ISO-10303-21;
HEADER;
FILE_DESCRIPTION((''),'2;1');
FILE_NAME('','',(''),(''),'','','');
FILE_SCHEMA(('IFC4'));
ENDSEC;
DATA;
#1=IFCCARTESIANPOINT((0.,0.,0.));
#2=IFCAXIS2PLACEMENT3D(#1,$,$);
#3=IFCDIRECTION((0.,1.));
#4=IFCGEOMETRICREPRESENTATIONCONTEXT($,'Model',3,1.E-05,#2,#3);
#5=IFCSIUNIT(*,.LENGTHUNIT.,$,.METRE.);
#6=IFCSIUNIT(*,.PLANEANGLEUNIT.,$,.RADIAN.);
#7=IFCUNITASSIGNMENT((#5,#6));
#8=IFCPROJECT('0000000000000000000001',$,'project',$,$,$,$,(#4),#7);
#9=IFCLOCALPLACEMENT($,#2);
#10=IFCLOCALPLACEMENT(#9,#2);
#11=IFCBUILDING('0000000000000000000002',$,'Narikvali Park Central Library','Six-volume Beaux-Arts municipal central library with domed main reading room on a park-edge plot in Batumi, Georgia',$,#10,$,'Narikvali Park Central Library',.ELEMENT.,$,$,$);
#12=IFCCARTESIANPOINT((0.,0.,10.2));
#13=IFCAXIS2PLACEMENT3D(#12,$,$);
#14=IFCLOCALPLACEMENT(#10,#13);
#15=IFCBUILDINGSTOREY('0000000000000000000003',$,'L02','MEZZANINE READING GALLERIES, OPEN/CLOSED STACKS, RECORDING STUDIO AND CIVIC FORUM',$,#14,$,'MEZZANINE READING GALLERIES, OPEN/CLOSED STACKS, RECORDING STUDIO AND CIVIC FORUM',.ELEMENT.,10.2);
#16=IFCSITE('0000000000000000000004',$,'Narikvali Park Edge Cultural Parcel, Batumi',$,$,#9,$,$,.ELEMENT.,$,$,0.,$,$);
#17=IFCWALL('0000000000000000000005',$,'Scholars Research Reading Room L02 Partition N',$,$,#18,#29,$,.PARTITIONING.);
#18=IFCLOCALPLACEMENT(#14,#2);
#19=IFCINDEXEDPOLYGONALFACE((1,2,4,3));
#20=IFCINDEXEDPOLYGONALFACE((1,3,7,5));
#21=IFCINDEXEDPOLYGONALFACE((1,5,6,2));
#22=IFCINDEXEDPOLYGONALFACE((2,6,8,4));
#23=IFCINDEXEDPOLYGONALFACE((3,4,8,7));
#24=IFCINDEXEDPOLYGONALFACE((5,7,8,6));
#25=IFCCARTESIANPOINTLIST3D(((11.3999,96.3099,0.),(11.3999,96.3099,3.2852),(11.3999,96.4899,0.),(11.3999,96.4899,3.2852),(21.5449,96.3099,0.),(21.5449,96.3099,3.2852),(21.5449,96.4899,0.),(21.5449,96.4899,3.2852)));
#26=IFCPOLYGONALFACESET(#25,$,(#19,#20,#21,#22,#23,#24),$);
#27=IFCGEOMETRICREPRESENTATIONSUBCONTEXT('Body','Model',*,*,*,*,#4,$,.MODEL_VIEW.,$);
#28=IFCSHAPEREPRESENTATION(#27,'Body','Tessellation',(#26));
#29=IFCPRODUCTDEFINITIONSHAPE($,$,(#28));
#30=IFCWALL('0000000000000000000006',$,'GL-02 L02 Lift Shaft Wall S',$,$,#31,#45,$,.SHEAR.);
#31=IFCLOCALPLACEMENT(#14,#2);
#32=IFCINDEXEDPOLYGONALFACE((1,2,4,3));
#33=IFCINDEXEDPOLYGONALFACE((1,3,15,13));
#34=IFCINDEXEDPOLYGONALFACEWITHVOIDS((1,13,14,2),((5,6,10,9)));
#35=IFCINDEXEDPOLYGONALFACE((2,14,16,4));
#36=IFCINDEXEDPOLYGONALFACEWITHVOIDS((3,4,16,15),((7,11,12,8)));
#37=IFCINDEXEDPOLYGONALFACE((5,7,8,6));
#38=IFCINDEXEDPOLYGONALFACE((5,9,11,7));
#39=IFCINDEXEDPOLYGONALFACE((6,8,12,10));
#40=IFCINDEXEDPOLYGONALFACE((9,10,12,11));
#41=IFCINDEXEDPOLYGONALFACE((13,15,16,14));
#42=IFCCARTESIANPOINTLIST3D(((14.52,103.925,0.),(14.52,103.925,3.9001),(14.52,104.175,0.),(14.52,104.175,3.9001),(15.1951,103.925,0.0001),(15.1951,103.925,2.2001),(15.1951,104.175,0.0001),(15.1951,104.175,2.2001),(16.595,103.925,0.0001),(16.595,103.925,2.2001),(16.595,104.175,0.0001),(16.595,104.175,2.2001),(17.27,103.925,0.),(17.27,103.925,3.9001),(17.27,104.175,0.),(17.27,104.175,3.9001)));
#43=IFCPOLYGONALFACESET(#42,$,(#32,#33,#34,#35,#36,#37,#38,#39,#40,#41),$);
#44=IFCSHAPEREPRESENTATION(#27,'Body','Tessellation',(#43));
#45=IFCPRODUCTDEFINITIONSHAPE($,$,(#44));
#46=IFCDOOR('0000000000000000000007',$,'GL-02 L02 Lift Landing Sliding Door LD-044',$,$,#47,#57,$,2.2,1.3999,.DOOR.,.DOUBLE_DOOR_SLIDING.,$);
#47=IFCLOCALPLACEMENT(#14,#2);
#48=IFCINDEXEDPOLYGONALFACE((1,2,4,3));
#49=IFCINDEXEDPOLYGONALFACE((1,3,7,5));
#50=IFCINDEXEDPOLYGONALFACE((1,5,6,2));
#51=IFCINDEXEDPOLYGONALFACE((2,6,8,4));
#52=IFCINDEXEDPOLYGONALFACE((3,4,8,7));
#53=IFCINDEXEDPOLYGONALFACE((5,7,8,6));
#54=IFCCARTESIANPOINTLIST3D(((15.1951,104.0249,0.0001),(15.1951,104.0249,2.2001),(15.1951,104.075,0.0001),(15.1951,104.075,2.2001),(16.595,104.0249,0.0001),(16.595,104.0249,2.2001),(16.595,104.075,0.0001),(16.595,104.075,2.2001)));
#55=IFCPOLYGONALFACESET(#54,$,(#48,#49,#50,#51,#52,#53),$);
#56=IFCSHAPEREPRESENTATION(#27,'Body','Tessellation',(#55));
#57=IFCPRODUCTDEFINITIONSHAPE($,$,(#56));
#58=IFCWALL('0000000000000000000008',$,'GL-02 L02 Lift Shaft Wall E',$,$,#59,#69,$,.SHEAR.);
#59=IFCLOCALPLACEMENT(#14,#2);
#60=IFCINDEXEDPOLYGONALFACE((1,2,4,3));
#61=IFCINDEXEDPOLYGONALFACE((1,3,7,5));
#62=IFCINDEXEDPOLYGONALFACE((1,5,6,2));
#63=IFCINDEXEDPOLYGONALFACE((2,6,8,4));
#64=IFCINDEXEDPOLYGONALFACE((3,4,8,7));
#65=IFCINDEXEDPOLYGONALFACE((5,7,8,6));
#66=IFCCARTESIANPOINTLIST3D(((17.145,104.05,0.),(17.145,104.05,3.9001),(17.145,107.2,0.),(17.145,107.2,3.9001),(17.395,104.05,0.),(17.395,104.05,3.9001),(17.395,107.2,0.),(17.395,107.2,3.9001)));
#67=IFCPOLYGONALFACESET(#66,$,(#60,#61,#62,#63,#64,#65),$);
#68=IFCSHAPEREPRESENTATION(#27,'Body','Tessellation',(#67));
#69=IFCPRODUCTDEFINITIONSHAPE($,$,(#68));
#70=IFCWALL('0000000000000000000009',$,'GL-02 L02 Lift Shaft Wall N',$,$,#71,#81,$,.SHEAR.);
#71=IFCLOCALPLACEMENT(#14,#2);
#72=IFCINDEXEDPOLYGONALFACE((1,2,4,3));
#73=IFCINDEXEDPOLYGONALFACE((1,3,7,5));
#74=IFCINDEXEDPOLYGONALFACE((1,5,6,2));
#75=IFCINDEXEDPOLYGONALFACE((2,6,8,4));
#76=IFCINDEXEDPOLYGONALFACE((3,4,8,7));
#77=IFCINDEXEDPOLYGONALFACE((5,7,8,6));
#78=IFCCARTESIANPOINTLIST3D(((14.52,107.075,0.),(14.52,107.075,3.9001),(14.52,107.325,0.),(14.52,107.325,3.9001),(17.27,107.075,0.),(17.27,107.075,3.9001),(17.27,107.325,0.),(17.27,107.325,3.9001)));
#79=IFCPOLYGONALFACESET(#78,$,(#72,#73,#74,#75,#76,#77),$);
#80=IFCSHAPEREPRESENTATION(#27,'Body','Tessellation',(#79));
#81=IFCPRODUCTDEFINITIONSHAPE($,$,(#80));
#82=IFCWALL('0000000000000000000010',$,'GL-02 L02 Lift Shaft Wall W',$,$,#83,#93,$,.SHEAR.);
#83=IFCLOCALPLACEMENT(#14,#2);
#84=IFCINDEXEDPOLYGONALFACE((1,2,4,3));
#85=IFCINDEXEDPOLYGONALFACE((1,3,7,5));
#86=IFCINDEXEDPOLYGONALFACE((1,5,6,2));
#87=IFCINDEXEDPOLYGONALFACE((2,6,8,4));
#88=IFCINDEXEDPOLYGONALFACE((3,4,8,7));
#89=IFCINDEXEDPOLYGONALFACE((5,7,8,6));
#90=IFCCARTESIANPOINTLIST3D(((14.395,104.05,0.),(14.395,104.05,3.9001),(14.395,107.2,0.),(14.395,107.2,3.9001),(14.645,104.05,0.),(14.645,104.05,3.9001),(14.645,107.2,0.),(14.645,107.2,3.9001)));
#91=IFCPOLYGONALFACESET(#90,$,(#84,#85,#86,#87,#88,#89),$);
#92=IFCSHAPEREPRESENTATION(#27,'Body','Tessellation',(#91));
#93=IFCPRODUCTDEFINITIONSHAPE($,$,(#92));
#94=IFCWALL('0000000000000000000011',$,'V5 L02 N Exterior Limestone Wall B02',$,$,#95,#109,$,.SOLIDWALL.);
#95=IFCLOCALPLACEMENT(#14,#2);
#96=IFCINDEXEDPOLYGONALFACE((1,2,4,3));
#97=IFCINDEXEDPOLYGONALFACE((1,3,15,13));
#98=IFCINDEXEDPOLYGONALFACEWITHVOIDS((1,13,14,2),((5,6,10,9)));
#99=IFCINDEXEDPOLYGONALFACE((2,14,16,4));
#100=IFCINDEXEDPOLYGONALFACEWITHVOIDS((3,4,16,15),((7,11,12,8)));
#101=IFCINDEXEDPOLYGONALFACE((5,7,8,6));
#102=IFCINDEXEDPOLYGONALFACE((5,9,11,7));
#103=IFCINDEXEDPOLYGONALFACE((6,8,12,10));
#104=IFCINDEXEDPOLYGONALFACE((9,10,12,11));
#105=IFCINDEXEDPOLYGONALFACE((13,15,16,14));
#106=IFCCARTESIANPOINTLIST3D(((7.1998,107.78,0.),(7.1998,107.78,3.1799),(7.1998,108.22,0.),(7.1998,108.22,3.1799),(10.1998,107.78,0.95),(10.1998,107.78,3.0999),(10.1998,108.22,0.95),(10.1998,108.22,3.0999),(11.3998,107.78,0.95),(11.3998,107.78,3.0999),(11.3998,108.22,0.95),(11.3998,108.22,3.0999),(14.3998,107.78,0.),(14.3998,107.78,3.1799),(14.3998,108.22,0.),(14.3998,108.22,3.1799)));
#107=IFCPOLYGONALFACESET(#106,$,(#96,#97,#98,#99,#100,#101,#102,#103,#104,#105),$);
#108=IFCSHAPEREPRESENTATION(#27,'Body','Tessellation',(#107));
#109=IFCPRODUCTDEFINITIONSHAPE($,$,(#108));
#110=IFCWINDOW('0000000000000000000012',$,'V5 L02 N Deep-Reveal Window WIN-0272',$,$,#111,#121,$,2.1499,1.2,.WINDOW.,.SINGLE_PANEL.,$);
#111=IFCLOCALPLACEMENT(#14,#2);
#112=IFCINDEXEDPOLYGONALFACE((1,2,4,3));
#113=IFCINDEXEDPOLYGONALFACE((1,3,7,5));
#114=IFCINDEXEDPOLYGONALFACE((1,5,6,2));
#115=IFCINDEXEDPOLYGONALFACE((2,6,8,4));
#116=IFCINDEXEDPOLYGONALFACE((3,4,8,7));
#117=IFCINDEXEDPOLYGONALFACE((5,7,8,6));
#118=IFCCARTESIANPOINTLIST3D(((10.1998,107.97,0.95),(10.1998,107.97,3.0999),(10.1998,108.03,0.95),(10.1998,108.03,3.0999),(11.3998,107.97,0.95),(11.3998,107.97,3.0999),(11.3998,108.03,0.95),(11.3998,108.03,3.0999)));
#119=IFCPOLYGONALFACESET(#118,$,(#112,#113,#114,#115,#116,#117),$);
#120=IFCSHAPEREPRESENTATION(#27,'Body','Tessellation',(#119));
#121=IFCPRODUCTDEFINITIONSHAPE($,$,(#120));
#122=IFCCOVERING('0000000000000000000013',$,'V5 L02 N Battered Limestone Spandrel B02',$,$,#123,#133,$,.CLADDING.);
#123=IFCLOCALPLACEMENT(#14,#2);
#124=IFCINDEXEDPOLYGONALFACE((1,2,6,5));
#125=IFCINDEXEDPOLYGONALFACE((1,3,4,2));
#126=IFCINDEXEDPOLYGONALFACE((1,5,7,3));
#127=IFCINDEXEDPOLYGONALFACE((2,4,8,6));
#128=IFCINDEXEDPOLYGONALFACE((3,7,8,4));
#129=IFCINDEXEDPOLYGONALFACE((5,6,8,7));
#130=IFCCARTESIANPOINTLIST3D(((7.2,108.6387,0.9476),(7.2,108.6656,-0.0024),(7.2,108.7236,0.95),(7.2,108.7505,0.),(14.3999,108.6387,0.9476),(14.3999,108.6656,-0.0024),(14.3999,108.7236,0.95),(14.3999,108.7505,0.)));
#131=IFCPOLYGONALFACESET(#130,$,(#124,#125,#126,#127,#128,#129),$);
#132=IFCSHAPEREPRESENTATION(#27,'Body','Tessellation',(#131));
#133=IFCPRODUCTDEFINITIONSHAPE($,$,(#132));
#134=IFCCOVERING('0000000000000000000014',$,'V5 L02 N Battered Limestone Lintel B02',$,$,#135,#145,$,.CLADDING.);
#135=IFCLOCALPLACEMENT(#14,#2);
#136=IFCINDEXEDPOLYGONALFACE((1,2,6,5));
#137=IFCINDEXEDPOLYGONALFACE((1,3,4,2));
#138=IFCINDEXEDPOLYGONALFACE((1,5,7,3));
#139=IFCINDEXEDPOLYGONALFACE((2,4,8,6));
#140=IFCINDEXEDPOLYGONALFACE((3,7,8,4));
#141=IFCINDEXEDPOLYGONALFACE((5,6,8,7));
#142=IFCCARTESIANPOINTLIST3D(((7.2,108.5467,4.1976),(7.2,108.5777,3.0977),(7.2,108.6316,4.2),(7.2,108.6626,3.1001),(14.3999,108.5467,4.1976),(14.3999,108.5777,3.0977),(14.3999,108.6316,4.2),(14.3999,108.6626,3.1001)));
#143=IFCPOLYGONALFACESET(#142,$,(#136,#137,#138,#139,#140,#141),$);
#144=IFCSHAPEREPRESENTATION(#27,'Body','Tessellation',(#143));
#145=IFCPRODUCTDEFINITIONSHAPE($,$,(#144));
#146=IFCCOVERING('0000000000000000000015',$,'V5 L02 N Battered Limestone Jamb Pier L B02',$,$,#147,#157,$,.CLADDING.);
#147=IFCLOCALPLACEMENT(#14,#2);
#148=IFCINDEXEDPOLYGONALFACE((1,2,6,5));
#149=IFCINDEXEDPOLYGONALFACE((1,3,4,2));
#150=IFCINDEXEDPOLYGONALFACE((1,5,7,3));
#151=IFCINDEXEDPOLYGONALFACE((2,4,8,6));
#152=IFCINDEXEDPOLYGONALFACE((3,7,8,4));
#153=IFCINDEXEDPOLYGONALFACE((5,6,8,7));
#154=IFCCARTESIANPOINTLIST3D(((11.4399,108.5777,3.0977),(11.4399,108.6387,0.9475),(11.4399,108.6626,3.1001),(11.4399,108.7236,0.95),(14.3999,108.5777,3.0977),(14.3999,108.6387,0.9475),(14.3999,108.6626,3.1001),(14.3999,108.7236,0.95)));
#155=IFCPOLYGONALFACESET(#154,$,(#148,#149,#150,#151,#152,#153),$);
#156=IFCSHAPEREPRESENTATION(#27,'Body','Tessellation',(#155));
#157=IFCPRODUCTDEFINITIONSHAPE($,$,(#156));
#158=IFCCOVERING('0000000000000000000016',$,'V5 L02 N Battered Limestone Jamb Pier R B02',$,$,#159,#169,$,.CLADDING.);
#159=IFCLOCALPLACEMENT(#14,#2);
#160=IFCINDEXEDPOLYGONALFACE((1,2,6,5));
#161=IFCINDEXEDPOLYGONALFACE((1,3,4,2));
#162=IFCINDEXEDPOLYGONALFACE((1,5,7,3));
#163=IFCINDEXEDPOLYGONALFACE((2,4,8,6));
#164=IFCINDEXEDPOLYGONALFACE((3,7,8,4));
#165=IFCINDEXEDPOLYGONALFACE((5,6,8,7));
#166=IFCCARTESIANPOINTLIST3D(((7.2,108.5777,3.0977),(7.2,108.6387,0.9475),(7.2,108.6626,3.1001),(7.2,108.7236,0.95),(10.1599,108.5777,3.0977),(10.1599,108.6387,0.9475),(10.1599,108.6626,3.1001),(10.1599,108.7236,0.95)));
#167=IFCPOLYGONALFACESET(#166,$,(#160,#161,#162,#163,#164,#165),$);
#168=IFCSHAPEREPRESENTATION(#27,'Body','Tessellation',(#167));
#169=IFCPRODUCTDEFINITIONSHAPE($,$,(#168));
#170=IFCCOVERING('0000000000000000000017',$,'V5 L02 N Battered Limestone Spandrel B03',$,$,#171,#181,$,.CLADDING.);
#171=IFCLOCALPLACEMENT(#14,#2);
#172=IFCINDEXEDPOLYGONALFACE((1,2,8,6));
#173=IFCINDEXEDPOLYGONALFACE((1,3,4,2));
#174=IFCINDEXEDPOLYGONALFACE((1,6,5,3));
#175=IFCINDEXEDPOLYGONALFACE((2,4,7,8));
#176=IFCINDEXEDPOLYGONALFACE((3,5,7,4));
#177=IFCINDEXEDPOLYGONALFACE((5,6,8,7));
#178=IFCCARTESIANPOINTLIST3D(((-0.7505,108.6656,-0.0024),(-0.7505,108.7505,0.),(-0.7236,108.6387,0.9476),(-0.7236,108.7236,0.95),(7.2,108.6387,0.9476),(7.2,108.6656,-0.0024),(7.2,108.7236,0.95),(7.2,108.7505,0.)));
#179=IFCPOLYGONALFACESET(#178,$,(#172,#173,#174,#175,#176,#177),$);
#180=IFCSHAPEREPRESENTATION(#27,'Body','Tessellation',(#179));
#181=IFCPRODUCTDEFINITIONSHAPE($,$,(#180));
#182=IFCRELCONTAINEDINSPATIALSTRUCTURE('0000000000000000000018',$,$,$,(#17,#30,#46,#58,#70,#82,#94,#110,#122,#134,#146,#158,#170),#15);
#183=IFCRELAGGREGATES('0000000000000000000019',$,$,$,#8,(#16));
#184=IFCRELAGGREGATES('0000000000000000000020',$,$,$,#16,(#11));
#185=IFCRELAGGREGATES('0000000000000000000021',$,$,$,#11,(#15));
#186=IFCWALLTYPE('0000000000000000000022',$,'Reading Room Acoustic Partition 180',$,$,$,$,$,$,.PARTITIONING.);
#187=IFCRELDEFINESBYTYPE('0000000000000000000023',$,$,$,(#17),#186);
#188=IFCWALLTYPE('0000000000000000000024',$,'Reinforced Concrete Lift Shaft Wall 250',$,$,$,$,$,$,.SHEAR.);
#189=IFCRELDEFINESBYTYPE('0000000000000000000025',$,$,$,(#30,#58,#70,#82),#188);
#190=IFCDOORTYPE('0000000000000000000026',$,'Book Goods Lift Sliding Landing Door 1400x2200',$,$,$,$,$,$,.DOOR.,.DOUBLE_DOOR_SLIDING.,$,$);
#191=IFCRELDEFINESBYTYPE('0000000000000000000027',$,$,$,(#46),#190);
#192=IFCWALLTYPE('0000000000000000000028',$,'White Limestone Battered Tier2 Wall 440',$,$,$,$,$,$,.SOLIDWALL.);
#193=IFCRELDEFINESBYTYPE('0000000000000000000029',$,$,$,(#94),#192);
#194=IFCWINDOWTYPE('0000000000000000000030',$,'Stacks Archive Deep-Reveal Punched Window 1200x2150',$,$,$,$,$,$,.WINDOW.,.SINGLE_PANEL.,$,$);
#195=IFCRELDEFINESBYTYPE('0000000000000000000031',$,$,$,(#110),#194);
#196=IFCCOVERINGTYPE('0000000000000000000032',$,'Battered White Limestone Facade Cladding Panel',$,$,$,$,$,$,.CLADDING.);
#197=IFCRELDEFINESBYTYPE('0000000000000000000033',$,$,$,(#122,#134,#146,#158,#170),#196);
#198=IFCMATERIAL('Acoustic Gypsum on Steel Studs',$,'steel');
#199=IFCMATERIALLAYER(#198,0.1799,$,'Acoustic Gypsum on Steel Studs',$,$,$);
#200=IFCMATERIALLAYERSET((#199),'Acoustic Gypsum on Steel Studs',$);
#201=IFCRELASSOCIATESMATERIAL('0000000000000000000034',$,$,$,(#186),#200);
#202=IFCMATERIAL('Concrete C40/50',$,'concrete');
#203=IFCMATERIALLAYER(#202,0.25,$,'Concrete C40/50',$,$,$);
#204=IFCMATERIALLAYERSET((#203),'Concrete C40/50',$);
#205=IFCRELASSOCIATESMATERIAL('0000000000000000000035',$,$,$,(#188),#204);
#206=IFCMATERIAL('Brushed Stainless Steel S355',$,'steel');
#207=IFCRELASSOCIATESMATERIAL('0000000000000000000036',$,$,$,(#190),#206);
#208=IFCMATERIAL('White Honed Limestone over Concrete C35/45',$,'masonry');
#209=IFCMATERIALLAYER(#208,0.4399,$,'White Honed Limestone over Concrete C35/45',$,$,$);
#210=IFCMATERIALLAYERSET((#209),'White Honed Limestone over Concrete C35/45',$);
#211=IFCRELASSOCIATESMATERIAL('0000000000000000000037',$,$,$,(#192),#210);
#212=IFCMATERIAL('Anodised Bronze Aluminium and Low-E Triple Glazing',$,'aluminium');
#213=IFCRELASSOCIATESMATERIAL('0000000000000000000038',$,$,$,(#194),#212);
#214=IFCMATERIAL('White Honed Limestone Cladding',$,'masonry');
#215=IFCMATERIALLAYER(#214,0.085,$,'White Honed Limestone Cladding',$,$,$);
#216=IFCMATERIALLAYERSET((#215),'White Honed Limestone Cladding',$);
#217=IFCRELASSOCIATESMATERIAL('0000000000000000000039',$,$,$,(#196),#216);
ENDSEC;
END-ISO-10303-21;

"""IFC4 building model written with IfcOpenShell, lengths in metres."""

from ifc_helpers import new_model, si_unit, direction, frame, frame_2d, origin, place, context, subcontext, project, spatial, polyline, rectangle, outline, extrude, material, layer, layer_set, type_object, element, fill, save


model = new_model("IFC4")

# Units and contexts
model_context = context("Model", 3, precision=1e-05, world=origin(), true_north=direction((0.0, 1.0)))
body_context = subcontext(model_context, "Body", "Model", "MODEL_VIEW")
ifc_project = project(units=[si_unit("LENGTHUNIT", "METRE"), si_unit("PLANEANGLEUNIT", "RADIAN")], contexts=[model_context])

# Site, building, storey
site_placement = place(None, origin())
site = spatial("IfcSite", under=ifc_project, at=site_placement, Name="Narikvali Park Edge Cultural Parcel, Batumi", CompositionType="ELEMENT", RefElevation=0.0)
building_placement = place(site_placement, origin())
building = spatial("IfcBuilding", under=site, at=building_placement, Name="Narikvali Park Central Library", Description="Six-volume Beaux-Arts municipal central library with domed main reading room on a park-edge plot in Batumi, Georgia", LongName="Narikvali Park Central Library", CompositionType="ELEMENT")
storey_placement = place(building_placement, frame((0.0, 0.0, 10.2)))
storey = spatial("IfcBuildingStorey", under=building, at=storey_placement, Name="L02", Description="MEZZANINE READING GALLERIES, OPEN/CLOSED STACKS, RECORDING STUDIO AND CIVIC FORUM", LongName="MEZZANINE READING GALLERIES, OPEN/CLOSED STACKS, RECORDING STUDIO AND CIVIC FORUM", CompositionType="ELEMENT", Elevation=10.2)

# Wall
ifc_material_1 = material(Name="Acoustic Gypsum on Steel Studs", Category="steel")
ifc_layer_1 = layer(ifc_material_1, 0.1799, Name="Acoustic Gypsum on Steel Studs")
ifc_layer_set_1 = layer_set([ifc_layer_1], Name="Acoustic Gypsum on Steel Studs")
wall_type_1 = type_object("IfcWallType", Name="Reading Room Acoustic Partition 180", PredefinedType="PARTITIONING", material=ifc_layer_set_1)
wall_1_placement = place(storey_placement, frame((11.3999, 96.3999, 0.0), z_axis=(0.0, 0.0, 1.0), x_axis=(1.0, 0.0, 0.0)))
element("IfcWall", 1, at=wall_1_placement, inside=storey, type_object=wall_type_1, Name="Scholars Research Reading Room L02 Partition N", PredefinedType="PARTITIONING", context=body_context, shape_type="SweptSolid", body=[
    extrude(rectangle(XDim=10.145, YDim=0.1799, at=frame_2d((5.0725, 0.0))), origin(), (0.0, 0.0, 1.0), 3.2852),
])

# Wall, opening, door
ifc_material_2 = material(Name="Concrete C40/50", Category="concrete")
ifc_layer_2 = layer(ifc_material_2, 0.25, Name="Concrete C40/50")
ifc_layer_set_2 = layer_set([ifc_layer_2], Name="Concrete C40/50")
wall_type_2 = type_object("IfcWallType", Name="Reinforced Concrete Lift Shaft Wall 250", PredefinedType="SHEAR", material=ifc_layer_set_2)
wall_2_placement = place(storey_placement, frame((14.52, 104.05, 0.0), z_axis=(0.0, 0.0, 1.0), x_axis=(1.0, 0.0, 0.0)))
wall_2 = element("IfcWall", 2, at=wall_2_placement, inside=storey, type_object=wall_type_2, Name="GL-02 L02 Lift Shaft Wall S", PredefinedType="SHEAR", context=body_context, shape_type="SweptSolid", body=[
    extrude(rectangle(XDim=2.75, YDim=0.25, at=frame_2d((1.375, 0.0))), origin(), (0.0, 0.0, 1.0), 3.9001),
])
opening_1_placement = place(wall_2_placement, frame((0.675, 0.0, 0.0)))
opening_1 = element("IfcOpeningElement", 3, at=opening_1_placement, cuts=wall_2, PredefinedType="OPENING", context=body_context, shape_type="SweptSolid", body=[
    extrude(rectangle(XDim=1.3999, YDim=2.2, at=frame_2d((0.7, 1.1001))), frame((0.0, 0.137, 0.0), z_axis=(0.0, -1.0, 0.0), x_axis=(1.0, 0.0, 0.0)), (0.0, 0.0, 1.0), 0.2739),
])
ifc_material_3 = material(Name="Brushed Stainless Steel S355", Category="steel")
door_type = type_object("IfcDoorType", Name="Book Goods Lift Sliding Landing Door 1400x2200", OperationType="DOUBLE_DOOR_SLIDING", PredefinedType="DOOR", material=ifc_material_3)
door_placement = place(opening_1_placement, origin())
door = element("IfcDoor", 4, at=door_placement, inside=storey, type_object=door_type, Name="GL-02 L02 Lift Landing Sliding Door LD-044", OperationType="DOUBLE_DOOR_SLIDING", OverallHeight=2.2, OverallWidth=1.3999, PredefinedType="DOOR", context=body_context, shape_type="SweptSolid", body=[
    extrude(rectangle(XDim=1.3999, YDim=2.2, at=frame_2d((0.7, 1.1001))), frame((0.0, 0.0249, 0.0), z_axis=(0.0, -1.0, 0.0), x_axis=(1.0, 0.0, 0.0)), (0.0, 0.0, 1.0), 0.05),
])
fill(opening_1, door)

# Walls
wall_3_placement = place(storey_placement, frame((17.27, 104.05, 0.0), z_axis=(0.0, 0.0, 1.0), x_axis=(0.0, 1.0, 0.0)))
element("IfcWall", 5, at=wall_3_placement, inside=storey, type_object=wall_type_2, Name="GL-02 L02 Lift Shaft Wall E", PredefinedType="SHEAR", context=body_context, shape_type="SweptSolid", body=[
    extrude(rectangle(XDim=3.1499, YDim=0.25, at=frame_2d((1.575, 0.0))), origin(), (0.0, 0.0, 1.0), 3.9001),
])
wall_4_placement = place(storey_placement, frame((17.27, 107.2, 0.0), z_axis=(0.0, 0.0, 1.0), x_axis=(-1.0, 0.0, 0.0)))
element("IfcWall", 6, at=wall_4_placement, inside=storey, type_object=wall_type_2, Name="GL-02 L02 Lift Shaft Wall N", PredefinedType="SHEAR", context=body_context, shape_type="SweptSolid", body=[
    extrude(rectangle(XDim=2.75, YDim=0.25, at=frame_2d((1.375, 0.0))), origin(), (0.0, 0.0, 1.0), 3.9001),
])
wall_5_placement = place(storey_placement, frame((14.52, 107.2, 0.0), z_axis=(0.0, 0.0, 1.0), x_axis=(0.0, -1.0, 0.0)))
element("IfcWall", 7, at=wall_5_placement, inside=storey, type_object=wall_type_2, Name="GL-02 L02 Lift Shaft Wall W", PredefinedType="SHEAR", context=body_context, shape_type="SweptSolid", body=[
    extrude(rectangle(XDim=3.1499, YDim=0.25, at=frame_2d((1.575, 0.0))), origin(), (0.0, 0.0, 1.0), 3.9001),
])

# Wall, opening, window
ifc_material_4 = material(Name="White Honed Limestone over Concrete C35/45", Category="masonry")
ifc_layer_3 = layer(ifc_material_4, 0.4399, Name="White Honed Limestone over Concrete C35/45")
ifc_layer_set_3 = layer_set([ifc_layer_3], Name="White Honed Limestone over Concrete C35/45")
wall_type_3 = type_object("IfcWallType", Name="White Limestone Battered Tier2 Wall 440", PredefinedType="SOLIDWALL", material=ifc_layer_set_3)
wall_6_placement = place(storey_placement, frame((14.3999, 108.0, 0.0), z_axis=(0.0, 0.0, 1.0), x_axis=(-1.0, 0.0, 0.0)))
wall_6 = element("IfcWall", 8, at=wall_6_placement, inside=storey, type_object=wall_type_3, Name="V5 L02 N Exterior Limestone Wall B02", PredefinedType="SOLIDWALL", context=body_context, shape_type="SweptSolid", body=[
    extrude(rectangle(XDim=7.2, YDim=0.4399, at=frame_2d((3.6001, 0.0))), origin(), (0.0, 0.0, 1.0), 3.1799),
])
opening_2_placement = place(wall_6_placement, frame((3.0, 0.0, 0.95)))
opening_2 = element("IfcOpeningElement", 9, at=opening_2_placement, cuts=wall_6, PredefinedType="OPENING", context=body_context, shape_type="SweptSolid", body=[
    extrude(rectangle(XDim=1.2, YDim=2.1499, at=frame_2d((0.6001, 1.075))), frame((0.0, 0.2319, 0.0), z_axis=(0.0, -1.0, 0.0), x_axis=(1.0, 0.0, 0.0)), (0.0, 0.0, 1.0), 0.4639),
])
ifc_material_5 = material(Name="Anodised Bronze Aluminium and Low-E Triple Glazing", Category="aluminium")
window_type = type_object("IfcWindowType", Name="Stacks Archive Deep-Reveal Punched Window 1200x2150", PartitioningType="SINGLE_PANEL", PredefinedType="WINDOW", material=ifc_material_5)
window_placement = place(opening_2_placement, origin())
window = element("IfcWindow", 10, at=window_placement, inside=storey, type_object=window_type, Name="V5 L02 N Deep-Reveal Window WIN-0272", OverallHeight=2.1499, OverallWidth=1.2, PartitioningType="SINGLE_PANEL", PredefinedType="WINDOW", context=body_context, shape_type="SweptSolid", body=[
    extrude(rectangle(XDim=1.2, YDim=2.1499, at=frame_2d((0.6001, 1.075))), frame((0.0, 0.03, 0.0), z_axis=(0.0, -1.0, 0.0), x_axis=(1.0, 0.0, 0.0)), (0.0, 0.0, 1.0), 0.0601),
])
fill(opening_2, window)

# Coverings
ifc_material_6 = material(Name="White Honed Limestone Cladding", Category="masonry")
ifc_layer_4 = layer(ifc_material_6, 0.085, Name="White Honed Limestone Cladding")
ifc_layer_set_4 = layer_set([ifc_layer_4], Name="White Honed Limestone Cladding")
covering_type = type_object("IfcCoveringType", Name="Battered White Limestone Facade Cladding Panel", PredefinedType="CLADDING", material=ifc_layer_set_4)
covering_1_placement = place(storey_placement, frame((14.3999, 108.7505, 0.0), z_axis=(0.0, 0.999601, 0.028259), x_axis=(-1.0, 0.0, 0.0)))
element("IfcCovering", 11, at=covering_1_placement, inside=storey, type_object=covering_type, Name="V5 L02 N Battered Limestone Spandrel B02", PredefinedType="CLADDING", context=body_context, shape_type="SweptSolid", body=[
    extrude(outline(polyline([(0.0, 0.0), (7.2, 0.0), (7.2, 0.9503), (0.0, 0.9503), (0.0, 0.0)])), origin(), (0.0, 0.0, -1.0), 0.085),
])
covering_2_placement = place(storey_placement, frame((14.3999, 108.6626, 3.1001), z_axis=(0.0, 0.999603, 0.02818), x_axis=(-1.0, 0.0, 0.0)))
element("IfcCovering", 12, at=covering_2_placement, inside=storey, type_object=covering_type, Name="V5 L02 N Battered Limestone Lintel B02", PredefinedType="CLADDING", context=body_context, shape_type="SweptSolid", body=[
    extrude(outline(polyline([(0.0, 0.0), (7.2, 0.0), (7.2, 1.1003), (0.0, 1.1003), (0.0, 0.0)])), origin(), (0.0, 0.0, -1.0), 0.085),
])
for number, where, z_axis, x_axis, name in (
    (13, (14.3999, 108.7236, 0.95), (0.0, 0.999597, 0.028375), (-1.0, 0.0, 0.0), "V5 L02 N Battered Limestone Jamb Pier L B02"),
    (14, (10.1599, 108.7236, 0.95), (0.0, 0.999597, 0.028375), (-1.0, 0.0, 0.0), "V5 L02 N Battered Limestone Jamb Pier R B02"),
):
    element("IfcCovering", number, at=place(storey_placement, frame(where, z_axis=z_axis, x_axis=x_axis)), inside=storey, type_object=covering_type, Name=name, PredefinedType="CLADDING", context=body_context, shape_type="SweptSolid", body=[
        extrude(outline(polyline([(0.0, 0.0), (2.96, 0.0), (2.96, 2.151), (0.0, 2.151), (0.0, 0.0)])), origin(), (0.0, 0.0, -1.0), 0.085),
    ])
covering_3_placement = place(storey_placement, frame((7.2, 108.7505, 0.0), z_axis=(0.0, 0.999601, 0.028259), x_axis=(-1.0, 0.0, 0.0)))
element("IfcCovering", 15, at=covering_3_placement, inside=storey, type_object=covering_type, Name="V5 L02 N Battered Limestone Spandrel B03", PredefinedType="CLADDING", context=body_context, shape_type="SweptSolid", body=[
    extrude(outline(polyline([(0.0, 0.0), (7.9504, 0.0), (7.9236, 0.9503), (0.0, 0.9503), (0.0, 0.0)])), origin(), (0.0, 0.0, -1.0), 0.085),
])

save(model, "model.ifc")
